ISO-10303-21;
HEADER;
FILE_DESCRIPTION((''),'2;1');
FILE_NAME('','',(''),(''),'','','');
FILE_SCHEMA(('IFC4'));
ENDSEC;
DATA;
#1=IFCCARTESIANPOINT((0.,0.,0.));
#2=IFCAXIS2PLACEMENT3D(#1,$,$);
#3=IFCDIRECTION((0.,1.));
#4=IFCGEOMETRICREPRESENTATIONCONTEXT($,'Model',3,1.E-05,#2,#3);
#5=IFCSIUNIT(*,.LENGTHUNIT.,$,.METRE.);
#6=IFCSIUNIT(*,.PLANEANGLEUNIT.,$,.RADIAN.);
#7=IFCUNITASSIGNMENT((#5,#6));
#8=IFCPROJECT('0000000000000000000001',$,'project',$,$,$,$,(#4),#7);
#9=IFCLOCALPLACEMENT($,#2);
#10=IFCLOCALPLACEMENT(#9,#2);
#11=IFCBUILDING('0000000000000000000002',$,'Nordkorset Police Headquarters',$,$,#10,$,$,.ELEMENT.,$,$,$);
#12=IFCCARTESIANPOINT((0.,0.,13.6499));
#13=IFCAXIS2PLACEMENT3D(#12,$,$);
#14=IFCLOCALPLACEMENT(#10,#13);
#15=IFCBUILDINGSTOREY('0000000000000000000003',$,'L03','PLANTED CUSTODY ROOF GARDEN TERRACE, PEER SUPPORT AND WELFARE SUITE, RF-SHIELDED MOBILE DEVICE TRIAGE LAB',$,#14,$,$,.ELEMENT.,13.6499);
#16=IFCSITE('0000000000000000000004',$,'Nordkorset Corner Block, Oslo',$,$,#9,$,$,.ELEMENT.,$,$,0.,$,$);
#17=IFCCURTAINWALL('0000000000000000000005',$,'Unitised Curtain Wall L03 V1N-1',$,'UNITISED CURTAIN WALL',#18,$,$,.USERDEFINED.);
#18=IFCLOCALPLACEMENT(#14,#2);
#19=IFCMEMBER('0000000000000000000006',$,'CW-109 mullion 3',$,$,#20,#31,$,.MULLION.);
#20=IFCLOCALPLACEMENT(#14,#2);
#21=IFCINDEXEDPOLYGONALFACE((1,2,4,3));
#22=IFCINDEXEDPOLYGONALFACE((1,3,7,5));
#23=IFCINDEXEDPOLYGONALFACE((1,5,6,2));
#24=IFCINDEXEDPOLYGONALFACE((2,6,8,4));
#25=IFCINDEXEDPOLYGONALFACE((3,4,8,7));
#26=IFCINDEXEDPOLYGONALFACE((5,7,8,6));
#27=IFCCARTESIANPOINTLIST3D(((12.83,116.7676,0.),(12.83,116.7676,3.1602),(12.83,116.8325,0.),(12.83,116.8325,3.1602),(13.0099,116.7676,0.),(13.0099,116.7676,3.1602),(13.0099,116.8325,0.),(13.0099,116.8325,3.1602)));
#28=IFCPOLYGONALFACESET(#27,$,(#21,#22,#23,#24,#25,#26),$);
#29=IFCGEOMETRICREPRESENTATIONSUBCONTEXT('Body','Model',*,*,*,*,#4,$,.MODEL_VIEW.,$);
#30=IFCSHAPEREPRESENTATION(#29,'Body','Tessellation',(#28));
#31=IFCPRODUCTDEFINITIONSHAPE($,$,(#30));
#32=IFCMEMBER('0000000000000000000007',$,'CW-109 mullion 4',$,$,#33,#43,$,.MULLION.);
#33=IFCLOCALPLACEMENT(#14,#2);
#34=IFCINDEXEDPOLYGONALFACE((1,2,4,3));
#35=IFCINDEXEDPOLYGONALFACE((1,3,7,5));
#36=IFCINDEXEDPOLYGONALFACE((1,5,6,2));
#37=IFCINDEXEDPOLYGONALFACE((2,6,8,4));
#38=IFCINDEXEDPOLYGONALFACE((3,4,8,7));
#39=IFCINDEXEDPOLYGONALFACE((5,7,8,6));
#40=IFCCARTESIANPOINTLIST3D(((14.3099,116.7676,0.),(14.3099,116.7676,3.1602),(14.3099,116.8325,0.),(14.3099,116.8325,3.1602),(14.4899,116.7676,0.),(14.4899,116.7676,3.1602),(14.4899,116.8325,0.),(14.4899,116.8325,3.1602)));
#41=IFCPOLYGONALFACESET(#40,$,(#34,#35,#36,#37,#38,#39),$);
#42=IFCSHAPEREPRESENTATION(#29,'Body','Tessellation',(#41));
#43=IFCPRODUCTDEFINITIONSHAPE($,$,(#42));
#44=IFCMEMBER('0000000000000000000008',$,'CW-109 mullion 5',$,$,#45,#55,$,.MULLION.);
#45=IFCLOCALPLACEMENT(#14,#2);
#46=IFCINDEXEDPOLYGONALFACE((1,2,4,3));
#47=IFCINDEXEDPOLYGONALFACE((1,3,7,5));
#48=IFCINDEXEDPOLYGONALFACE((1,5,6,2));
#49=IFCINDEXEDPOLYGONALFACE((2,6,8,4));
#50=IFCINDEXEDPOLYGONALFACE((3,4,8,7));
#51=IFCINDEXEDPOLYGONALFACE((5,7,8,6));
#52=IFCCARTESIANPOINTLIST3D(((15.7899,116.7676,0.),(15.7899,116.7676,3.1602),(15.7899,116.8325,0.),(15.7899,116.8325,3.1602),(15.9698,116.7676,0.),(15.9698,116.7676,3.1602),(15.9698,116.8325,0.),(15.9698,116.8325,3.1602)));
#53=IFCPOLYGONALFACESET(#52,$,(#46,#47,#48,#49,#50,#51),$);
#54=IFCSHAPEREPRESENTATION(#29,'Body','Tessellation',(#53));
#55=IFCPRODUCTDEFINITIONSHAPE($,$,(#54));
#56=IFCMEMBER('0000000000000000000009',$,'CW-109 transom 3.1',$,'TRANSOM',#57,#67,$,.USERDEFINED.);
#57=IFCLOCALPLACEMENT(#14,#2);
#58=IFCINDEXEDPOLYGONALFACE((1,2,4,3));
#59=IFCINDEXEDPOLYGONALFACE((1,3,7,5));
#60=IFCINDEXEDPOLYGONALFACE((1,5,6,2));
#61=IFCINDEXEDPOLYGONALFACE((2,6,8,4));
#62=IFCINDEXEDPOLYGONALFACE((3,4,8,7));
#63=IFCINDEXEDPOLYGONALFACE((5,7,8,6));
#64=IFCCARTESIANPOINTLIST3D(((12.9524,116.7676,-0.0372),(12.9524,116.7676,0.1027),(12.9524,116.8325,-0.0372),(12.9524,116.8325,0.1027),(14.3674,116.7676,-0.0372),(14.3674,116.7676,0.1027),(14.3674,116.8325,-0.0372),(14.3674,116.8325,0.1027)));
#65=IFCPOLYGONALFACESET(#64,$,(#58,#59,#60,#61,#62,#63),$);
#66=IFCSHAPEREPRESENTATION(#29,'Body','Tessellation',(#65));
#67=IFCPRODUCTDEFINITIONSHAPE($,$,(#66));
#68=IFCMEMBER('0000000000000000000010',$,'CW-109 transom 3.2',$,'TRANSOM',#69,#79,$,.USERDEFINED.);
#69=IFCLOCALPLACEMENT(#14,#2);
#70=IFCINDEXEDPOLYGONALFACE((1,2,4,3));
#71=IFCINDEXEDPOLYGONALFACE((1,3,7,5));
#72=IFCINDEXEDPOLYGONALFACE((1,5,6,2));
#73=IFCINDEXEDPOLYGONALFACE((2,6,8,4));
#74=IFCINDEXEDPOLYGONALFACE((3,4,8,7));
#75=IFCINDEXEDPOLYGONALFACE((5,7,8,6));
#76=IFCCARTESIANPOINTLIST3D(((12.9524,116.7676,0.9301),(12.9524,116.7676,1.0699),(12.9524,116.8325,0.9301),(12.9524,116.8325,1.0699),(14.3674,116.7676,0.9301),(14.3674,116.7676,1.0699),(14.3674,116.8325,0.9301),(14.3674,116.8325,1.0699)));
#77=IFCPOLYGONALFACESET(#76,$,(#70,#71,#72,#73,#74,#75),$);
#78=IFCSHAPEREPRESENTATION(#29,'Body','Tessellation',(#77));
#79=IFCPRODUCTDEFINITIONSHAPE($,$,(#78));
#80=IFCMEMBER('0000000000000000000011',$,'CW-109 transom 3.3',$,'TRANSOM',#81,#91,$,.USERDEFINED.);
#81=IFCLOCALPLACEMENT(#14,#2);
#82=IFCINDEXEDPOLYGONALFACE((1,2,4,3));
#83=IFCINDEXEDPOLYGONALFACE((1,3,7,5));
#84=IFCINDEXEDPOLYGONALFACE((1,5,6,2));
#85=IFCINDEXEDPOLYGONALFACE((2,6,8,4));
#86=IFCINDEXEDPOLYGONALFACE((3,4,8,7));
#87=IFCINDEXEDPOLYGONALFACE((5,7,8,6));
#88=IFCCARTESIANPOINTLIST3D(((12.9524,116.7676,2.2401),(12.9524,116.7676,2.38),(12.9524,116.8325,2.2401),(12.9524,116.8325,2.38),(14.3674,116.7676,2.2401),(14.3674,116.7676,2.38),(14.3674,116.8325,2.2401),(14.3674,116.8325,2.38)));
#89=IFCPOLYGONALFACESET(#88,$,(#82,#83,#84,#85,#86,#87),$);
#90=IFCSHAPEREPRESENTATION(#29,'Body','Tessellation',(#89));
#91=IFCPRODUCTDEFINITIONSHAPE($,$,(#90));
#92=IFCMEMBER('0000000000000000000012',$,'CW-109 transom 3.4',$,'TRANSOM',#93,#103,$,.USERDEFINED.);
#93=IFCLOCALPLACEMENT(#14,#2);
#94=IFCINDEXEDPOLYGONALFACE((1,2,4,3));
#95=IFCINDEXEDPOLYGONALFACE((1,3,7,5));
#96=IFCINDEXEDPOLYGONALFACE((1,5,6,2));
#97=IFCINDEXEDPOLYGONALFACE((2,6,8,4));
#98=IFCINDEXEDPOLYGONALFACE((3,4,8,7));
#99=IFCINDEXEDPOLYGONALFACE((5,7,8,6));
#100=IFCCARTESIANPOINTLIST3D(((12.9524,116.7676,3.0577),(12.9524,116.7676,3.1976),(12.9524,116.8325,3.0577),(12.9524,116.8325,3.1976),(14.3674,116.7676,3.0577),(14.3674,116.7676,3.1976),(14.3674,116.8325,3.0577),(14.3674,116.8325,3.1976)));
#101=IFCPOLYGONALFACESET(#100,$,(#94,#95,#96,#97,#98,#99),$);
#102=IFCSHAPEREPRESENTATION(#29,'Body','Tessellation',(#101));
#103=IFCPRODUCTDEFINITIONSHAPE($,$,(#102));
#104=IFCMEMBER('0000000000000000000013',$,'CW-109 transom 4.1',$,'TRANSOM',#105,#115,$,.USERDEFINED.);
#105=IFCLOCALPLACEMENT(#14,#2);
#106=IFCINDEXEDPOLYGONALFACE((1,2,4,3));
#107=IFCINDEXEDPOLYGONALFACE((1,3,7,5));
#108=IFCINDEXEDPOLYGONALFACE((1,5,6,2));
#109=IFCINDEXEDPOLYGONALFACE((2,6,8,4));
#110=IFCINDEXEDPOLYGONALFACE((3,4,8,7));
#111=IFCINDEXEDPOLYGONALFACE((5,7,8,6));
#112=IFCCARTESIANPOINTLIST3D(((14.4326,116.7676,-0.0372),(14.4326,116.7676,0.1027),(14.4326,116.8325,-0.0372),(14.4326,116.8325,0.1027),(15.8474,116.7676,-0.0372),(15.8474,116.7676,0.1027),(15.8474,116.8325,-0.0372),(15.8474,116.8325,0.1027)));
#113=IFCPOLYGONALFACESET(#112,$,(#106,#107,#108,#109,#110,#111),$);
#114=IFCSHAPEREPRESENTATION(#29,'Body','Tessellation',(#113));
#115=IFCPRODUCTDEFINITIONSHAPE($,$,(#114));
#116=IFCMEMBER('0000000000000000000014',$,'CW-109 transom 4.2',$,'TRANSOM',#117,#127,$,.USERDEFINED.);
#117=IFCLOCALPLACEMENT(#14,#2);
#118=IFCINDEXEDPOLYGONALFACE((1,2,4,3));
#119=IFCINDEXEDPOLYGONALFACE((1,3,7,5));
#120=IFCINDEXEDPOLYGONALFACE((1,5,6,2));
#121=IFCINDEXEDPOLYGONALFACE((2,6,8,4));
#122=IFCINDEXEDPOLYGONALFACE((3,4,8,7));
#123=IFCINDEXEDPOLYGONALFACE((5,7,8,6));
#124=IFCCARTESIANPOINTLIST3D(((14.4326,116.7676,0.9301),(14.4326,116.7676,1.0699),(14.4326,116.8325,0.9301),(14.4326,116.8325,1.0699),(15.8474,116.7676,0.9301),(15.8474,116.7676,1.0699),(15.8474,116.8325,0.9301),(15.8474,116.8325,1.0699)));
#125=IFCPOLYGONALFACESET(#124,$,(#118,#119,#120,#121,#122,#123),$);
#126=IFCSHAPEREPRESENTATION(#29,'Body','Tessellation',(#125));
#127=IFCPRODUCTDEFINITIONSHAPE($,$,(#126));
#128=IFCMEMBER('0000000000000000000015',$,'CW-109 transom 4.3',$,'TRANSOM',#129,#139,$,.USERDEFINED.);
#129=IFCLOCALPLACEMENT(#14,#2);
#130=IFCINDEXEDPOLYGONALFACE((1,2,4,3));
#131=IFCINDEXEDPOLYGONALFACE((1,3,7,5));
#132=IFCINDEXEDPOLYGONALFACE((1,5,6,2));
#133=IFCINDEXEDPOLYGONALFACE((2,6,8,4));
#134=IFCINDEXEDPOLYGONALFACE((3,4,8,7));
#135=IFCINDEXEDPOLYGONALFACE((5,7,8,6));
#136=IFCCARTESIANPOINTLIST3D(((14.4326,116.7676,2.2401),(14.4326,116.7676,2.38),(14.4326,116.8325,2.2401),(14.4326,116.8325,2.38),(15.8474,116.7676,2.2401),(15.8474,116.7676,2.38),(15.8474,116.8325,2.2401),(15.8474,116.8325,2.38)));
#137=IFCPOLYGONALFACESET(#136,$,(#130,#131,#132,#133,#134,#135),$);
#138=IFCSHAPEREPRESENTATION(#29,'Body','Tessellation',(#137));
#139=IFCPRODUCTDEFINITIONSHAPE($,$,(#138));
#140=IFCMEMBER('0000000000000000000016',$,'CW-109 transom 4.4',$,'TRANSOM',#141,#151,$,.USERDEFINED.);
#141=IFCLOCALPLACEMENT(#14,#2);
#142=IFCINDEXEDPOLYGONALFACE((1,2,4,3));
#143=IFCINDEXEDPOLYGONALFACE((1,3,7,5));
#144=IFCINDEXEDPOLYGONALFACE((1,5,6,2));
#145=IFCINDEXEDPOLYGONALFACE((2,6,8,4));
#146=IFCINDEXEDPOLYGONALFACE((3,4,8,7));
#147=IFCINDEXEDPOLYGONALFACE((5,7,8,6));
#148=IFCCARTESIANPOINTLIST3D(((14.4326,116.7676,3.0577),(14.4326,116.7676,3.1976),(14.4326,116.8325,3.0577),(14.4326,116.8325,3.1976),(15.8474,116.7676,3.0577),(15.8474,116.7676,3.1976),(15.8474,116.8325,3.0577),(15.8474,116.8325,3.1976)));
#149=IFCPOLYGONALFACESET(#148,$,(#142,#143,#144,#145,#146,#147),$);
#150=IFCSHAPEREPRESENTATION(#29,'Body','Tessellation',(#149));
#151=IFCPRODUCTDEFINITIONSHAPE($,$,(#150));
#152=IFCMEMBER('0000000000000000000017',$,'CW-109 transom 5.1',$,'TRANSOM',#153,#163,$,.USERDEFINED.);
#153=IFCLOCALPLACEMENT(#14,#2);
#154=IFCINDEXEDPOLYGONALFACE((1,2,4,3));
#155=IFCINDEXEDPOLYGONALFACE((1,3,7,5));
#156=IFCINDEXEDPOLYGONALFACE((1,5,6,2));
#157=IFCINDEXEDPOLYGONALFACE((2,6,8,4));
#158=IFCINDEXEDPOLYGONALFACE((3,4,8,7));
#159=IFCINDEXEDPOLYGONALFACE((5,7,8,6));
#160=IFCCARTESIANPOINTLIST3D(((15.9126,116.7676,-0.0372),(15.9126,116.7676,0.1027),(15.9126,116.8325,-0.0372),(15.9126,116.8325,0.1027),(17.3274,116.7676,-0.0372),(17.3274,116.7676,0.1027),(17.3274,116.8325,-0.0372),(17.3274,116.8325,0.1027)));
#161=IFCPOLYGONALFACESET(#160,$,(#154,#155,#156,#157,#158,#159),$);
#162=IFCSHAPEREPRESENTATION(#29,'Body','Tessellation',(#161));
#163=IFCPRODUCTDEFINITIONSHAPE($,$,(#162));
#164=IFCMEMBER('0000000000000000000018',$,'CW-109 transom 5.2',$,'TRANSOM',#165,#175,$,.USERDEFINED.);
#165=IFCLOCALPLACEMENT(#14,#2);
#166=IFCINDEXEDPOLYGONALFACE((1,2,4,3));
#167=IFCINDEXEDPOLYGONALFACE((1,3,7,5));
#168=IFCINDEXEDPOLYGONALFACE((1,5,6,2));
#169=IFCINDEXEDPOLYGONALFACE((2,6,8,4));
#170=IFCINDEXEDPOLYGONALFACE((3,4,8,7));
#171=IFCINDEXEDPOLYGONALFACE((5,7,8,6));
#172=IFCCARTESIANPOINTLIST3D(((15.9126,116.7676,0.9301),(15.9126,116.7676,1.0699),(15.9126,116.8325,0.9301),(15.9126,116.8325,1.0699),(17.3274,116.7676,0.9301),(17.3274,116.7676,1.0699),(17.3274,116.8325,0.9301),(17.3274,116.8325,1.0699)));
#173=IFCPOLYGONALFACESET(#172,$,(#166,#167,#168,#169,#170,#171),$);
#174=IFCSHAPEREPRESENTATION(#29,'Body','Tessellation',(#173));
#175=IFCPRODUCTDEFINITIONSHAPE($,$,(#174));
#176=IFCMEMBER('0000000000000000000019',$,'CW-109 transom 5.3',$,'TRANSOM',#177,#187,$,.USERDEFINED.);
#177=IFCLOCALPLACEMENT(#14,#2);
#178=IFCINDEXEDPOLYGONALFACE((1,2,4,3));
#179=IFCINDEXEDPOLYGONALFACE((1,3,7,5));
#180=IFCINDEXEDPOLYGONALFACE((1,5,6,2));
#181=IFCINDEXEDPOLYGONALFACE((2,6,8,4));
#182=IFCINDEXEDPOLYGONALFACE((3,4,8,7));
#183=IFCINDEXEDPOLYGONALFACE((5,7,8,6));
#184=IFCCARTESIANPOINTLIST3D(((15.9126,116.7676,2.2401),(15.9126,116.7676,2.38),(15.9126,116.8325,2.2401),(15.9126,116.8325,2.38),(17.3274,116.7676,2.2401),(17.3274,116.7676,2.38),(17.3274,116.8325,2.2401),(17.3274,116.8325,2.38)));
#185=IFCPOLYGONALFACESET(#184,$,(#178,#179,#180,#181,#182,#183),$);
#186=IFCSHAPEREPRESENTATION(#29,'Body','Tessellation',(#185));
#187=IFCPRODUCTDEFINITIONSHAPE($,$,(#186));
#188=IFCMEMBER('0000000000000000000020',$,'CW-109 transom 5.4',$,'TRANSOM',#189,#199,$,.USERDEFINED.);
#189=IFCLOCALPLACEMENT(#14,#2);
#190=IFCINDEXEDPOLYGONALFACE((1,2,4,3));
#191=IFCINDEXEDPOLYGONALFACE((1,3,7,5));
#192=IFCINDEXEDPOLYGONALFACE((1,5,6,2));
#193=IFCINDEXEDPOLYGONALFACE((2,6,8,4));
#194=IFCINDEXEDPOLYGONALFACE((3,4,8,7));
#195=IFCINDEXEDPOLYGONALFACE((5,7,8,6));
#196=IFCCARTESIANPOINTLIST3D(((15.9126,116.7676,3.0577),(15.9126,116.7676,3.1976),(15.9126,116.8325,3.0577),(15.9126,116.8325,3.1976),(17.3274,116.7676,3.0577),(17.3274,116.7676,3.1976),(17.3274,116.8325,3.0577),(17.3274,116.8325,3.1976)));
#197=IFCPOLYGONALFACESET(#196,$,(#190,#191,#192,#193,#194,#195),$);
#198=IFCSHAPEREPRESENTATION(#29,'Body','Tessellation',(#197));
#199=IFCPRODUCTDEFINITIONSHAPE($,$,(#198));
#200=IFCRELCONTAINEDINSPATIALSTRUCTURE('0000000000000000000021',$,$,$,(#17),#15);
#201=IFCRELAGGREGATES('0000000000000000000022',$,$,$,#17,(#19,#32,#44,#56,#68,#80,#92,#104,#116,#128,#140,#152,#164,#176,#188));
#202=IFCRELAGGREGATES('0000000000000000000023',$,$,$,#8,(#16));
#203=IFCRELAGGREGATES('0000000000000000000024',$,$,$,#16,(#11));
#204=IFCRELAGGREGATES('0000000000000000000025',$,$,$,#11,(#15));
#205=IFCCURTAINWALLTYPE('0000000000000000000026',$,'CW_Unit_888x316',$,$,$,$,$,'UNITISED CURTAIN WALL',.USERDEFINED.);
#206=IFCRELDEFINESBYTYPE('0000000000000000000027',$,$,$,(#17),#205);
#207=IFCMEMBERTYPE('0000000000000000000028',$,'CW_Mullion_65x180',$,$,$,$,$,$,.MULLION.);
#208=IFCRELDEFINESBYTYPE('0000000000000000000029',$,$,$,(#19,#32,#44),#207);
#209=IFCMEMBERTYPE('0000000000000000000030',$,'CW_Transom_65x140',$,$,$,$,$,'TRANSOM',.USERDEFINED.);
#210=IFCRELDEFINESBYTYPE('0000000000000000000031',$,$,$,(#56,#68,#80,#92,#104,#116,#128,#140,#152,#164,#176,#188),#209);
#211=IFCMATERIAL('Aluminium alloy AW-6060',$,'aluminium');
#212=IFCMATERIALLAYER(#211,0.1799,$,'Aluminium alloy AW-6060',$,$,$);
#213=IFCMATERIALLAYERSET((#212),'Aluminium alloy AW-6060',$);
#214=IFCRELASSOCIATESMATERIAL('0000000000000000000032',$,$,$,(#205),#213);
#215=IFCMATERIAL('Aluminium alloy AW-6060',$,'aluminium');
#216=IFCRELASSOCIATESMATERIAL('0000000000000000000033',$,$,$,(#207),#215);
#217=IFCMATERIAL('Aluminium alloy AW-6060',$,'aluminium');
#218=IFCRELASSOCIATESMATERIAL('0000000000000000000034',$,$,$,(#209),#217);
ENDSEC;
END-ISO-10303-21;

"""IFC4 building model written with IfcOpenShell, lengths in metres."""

from ifc_helpers import new_model, si_unit, direction, frame, origin, origin_2d, place, context, subcontext, project, spatial, rectangle, extrude, material, layer, layer_set, material_profile, profile_set, type_object, element, aggregate, save


model = new_model("IFC4")

# Units and contexts
model_context = context("Model", 3, precision=1e-05, world=origin(), true_north=direction((0.0, 1.0)))
body_context = subcontext(model_context, "Body", "Model", "MODEL_VIEW")
ifc_project = project(units=[si_unit("LENGTHUNIT", "METRE"), si_unit("PLANEANGLEUNIT", "RADIAN")], contexts=[model_context])

# Site, building, storey
site_placement = place(None, origin())
site = spatial("IfcSite", under=ifc_project, at=site_placement, Name="Nordkorset Corner Block, Oslo", CompositionType="ELEMENT", RefElevation=0.0)
building_placement = place(site_placement, origin())
building = spatial("IfcBuilding", under=site, at=building_placement, Name="Nordkorset Police Headquarters", CompositionType="ELEMENT")
storey_placement = place(building_placement, frame((0.0, 0.0, 13.6499)))
storey = spatial("IfcBuildingStorey", under=building, at=storey_placement, Name="L03", Description="PLANTED CUSTODY ROOF GARDEN TERRACE, PEER SUPPORT AND WELFARE SUITE, RF-SHIELDED MOBILE DEVICE TRIAGE LAB", CompositionType="ELEMENT", Elevation=13.6499)

# Curtain wall, members
ifc_material_1 = material(Name="Aluminium alloy AW-6060", Category="aluminium")
ifc_layer_1 = layer(ifc_material_1, 0.1799, Name="Aluminium alloy AW-6060")
ifc_layer_set_1 = layer_set([ifc_layer_1], Name="Aluminium alloy AW-6060")
curtain_wall_type = type_object("IfcCurtainWallType", Name="CW_Unit_888x316", ElementType="UNITISED CURTAIN WALL", PredefinedType="USERDEFINED", material=ifc_layer_set_1)
curtain_wall_placement = place(storey_placement, origin())
curtain_wall = element("IfcCurtainWall", 1, at=curtain_wall_placement, inside=storey, type_object=curtain_wall_type, Name="Unitised Curtain Wall L03 V1N-1", ObjectType="UNITISED CURTAIN WALL", PredefinedType="USERDEFINED")
ifc_material_2 = material(Name="Aluminium alloy AW-6060", Category="aluminium")
ifc_material_profile_1 = material_profile(ifc_material_2, rectangle(XDim=0.0649, YDim=0.1799, at=origin_2d()), Name="ALU MULL 65x180")
ifc_profile_set_1 = profile_set([ifc_material_profile_1], Name="Aluminium alloy AW-6060")
member_type_1 = type_object("IfcMemberType", Name="CW_Mullion_65x180", PredefinedType="MULLION", material=ifc_profile_set_1)
member_1_placement = place(storey_placement, frame((12.9199, 116.8, 0.0), z_axis=(0.0, 0.0, 1.0), x_axis=(0.0, 1.0, 0.0)))
member_1 = element("IfcMember", 2, at=member_1_placement, type_object=member_type_1, Name="CW-109 mullion 3", PredefinedType="MULLION", context=body_context, shape_type="SweptSolid", body=[
    extrude(rectangle(XDim=0.0649, YDim=0.1799, at=origin_2d()), origin(), (0.0, 0.0, 1.0), 3.1602),
])
member_2_placement = place(storey_placement, frame((14.3999, 116.8, 0.0), z_axis=(0.0, 0.0, 1.0), x_axis=(0.0, 1.0, 0.0)))
member_2 = element("IfcMember", 3, at=member_2_placement, type_object=member_type_1, Name="CW-109 mullion 4", PredefinedType="MULLION", context=body_context, shape_type="SweptSolid", body=[
    extrude(rectangle(XDim=0.0649, YDim=0.1799, at=origin_2d()), origin(), (0.0, 0.0, 1.0), 3.1602),
])
member_3_placement = place(storey_placement, frame((15.8799, 116.8, 0.0), z_axis=(0.0, 0.0, 1.0), x_axis=(0.0, 1.0, 0.0)))
member_3 = element("IfcMember", 4, at=member_3_placement, type_object=member_type_1, Name="CW-109 mullion 5", PredefinedType="MULLION", context=body_context, shape_type="SweptSolid", body=[
    extrude(rectangle(XDim=0.0649, YDim=0.1799, at=origin_2d()), origin(), (0.0, 0.0, 1.0), 3.1602),
])
ifc_material_3 = material(Name="Aluminium alloy AW-6060", Category="aluminium")
ifc_material_profile_2 = material_profile(ifc_material_3, rectangle(XDim=0.0649, YDim=0.1399, at=origin_2d()), Name="ALU TRAN 65x140")
ifc_profile_set_2 = profile_set([ifc_material_profile_2], Name="Aluminium alloy AW-6060")
member_type_2 = type_object("IfcMemberType", Name="CW_Transom_65x140", ElementType="TRANSOM", PredefinedType="USERDEFINED", material=ifc_profile_set_2)
member_4_placement = place(storey_placement, frame((12.9524, 116.8, 0.0327), z_axis=(1.0, 0.0, 0.0), x_axis=(0.0, 1.0, 0.0)))
member_4 = element("IfcMember", 5, at=member_4_placement, type_object=member_type_2, Name="CW-109 transom 3.1", ObjectType="TRANSOM", PredefinedType="USERDEFINED", context=body_context, shape_type="SweptSolid", body=[
    extrude(rectangle(XDim=0.0649, YDim=0.1399, at=origin_2d()), origin(), (0.0, 0.0, 1.0), 1.415),
])
member_5_placement = place(storey_placement, frame((12.9524, 116.8, 1.0), z_axis=(1.0, 0.0, 0.0), x_axis=(0.0, 1.0, 0.0)))
member_5 = element("IfcMember", 6, at=member_5_placement, type_object=member_type_2, Name="CW-109 transom 3.2", ObjectType="TRANSOM", PredefinedType="USERDEFINED", context=body_context, shape_type="SweptSolid", body=[
    extrude(rectangle(XDim=0.0649, YDim=0.1399, at=origin_2d()), origin(), (0.0, 0.0, 1.0), 1.415),
])
member_6_placement = place(storey_placement, frame((12.9524, 116.8, 2.3101), z_axis=(1.0, 0.0, 0.0), x_axis=(0.0, 1.0, 0.0)))
member_6 = element("IfcMember", 7, at=member_6_placement, type_object=member_type_2, Name="CW-109 transom 3.3", ObjectType="TRANSOM", PredefinedType="USERDEFINED", context=body_context, shape_type="SweptSolid", body=[
    extrude(rectangle(XDim=0.0649, YDim=0.1399, at=origin_2d()), origin(), (0.0, 0.0, 1.0), 1.415),
])
member_7_placement = place(storey_placement, frame((12.9524, 116.8, 3.1277), z_axis=(1.0, 0.0, 0.0), x_axis=(0.0, 1.0, 0.0)))
member_7 = element("IfcMember", 8, at=member_7_placement, type_object=member_type_2, Name="CW-109 transom 3.4", ObjectType="TRANSOM", PredefinedType="USERDEFINED", context=body_context, shape_type="SweptSolid", body=[
    extrude(rectangle(XDim=0.0649, YDim=0.1399, at=origin_2d()), origin(), (0.0, 0.0, 1.0), 1.415),
])
member_8_placement = place(storey_placement, frame((14.4326, 116.8, 0.0327), z_axis=(1.0, 0.0, 0.0), x_axis=(0.0, 1.0, 0.0)))
member_8 = element("IfcMember", 9, at=member_8_placement, type_object=member_type_2, Name="CW-109 transom 4.1", ObjectType="TRANSOM", PredefinedType="USERDEFINED", context=body_context, shape_type="SweptSolid", body=[
    extrude(rectangle(XDim=0.0649, YDim=0.1399, at=origin_2d()), origin(), (0.0, 0.0, 1.0), 1.4148),
])
member_9_placement = place(storey_placement, frame((14.4326, 116.8, 1.0), z_axis=(1.0, 0.0, 0.0), x_axis=(0.0, 1.0, 0.0)))
member_9 = element("IfcMember", 10, at=member_9_placement, type_object=member_type_2, Name="CW-109 transom 4.2", ObjectType="TRANSOM", PredefinedType="USERDEFINED", context=body_context, shape_type="SweptSolid", body=[
    extrude(rectangle(XDim=0.0649, YDim=0.1399, at=origin_2d()), origin(), (0.0, 0.0, 1.0), 1.4148),
])
member_10_placement = place(storey_placement, frame((14.4326, 116.8, 2.3101), z_axis=(1.0, 0.0, 0.0), x_axis=(0.0, 1.0, 0.0)))
member_10 = element("IfcMember", 11, at=member_10_placement, type_object=member_type_2, Name="CW-109 transom 4.3", ObjectType="TRANSOM", PredefinedType="USERDEFINED", context=body_context, shape_type="SweptSolid", body=[
    extrude(rectangle(XDim=0.0649, YDim=0.1399, at=origin_2d()), origin(), (0.0, 0.0, 1.0), 1.4148),
])
member_11_placement = place(storey_placement, frame((14.4326, 116.8, 3.1277), z_axis=(1.0, 0.0, 0.0), x_axis=(0.0, 1.0, 0.0)))
member_11 = element("IfcMember", 12, at=member_11_placement, type_object=member_type_2, Name="CW-109 transom 4.4", ObjectType="TRANSOM", PredefinedType="USERDEFINED", context=body_context, shape_type="SweptSolid", body=[
    extrude(rectangle(XDim=0.0649, YDim=0.1399, at=origin_2d()), origin(), (0.0, 0.0, 1.0), 1.4148),
])
member_12_placement = place(storey_placement, frame((15.9126, 116.8, 0.0327), z_axis=(1.0, 0.0, 0.0), x_axis=(0.0, 1.0, 0.0)))
member_12 = element("IfcMember", 13, at=member_12_placement, type_object=member_type_2, Name="CW-109 transom 5.1", ObjectType="TRANSOM", PredefinedType="USERDEFINED", context=body_context, shape_type="SweptSolid", body=[
    extrude(rectangle(XDim=0.0649, YDim=0.1399, at=origin_2d()), origin(), (0.0, 0.0, 1.0), 1.4148),
])
member_13_placement = place(storey_placement, frame((15.9126, 116.8, 1.0), z_axis=(1.0, 0.0, 0.0), x_axis=(0.0, 1.0, 0.0)))
member_13 = element("IfcMember", 14, at=member_13_placement, type_object=member_type_2, Name="CW-109 transom 5.2", ObjectType="TRANSOM", PredefinedType="USERDEFINED", context=body_context, shape_type="SweptSolid", body=[
    extrude(rectangle(XDim=0.0649, YDim=0.1399, at=origin_2d()), origin(), (0.0, 0.0, 1.0), 1.4148),
])
member_14_placement = place(storey_placement, frame((15.9126, 116.8, 2.3101), z_axis=(1.0, 0.0, 0.0), x_axis=(0.0, 1.0, 0.0)))
member_14 = element("IfcMember", 15, at=member_14_placement, type_object=member_type_2, Name="CW-109 transom 5.3", ObjectType="TRANSOM", PredefinedType="USERDEFINED", context=body_context, shape_type="SweptSolid", body=[
    extrude(rectangle(XDim=0.0649, YDim=0.1399, at=origin_2d()), origin(), (0.0, 0.0, 1.0), 1.4148),
])
member_15_placement = place(storey_placement, frame((15.9126, 116.8, 3.1277), z_axis=(1.0, 0.0, 0.0), x_axis=(0.0, 1.0, 0.0)))
member_15 = element("IfcMember", 16, at=member_15_placement, type_object=member_type_2, Name="CW-109 transom 5.4", ObjectType="TRANSOM", PredefinedType="USERDEFINED", context=body_context, shape_type="SweptSolid", body=[
    extrude(rectangle(XDim=0.0649, YDim=0.1399, at=origin_2d()), origin(), (0.0, 0.0, 1.0), 1.4148),
])
aggregate(curtain_wall, [member_1, member_2, member_3, member_4, member_5, member_6, member_7, member_8, member_9, member_10, member_11, member_12, member_13, member_14, member_15])

save(model, "model.ifc")
